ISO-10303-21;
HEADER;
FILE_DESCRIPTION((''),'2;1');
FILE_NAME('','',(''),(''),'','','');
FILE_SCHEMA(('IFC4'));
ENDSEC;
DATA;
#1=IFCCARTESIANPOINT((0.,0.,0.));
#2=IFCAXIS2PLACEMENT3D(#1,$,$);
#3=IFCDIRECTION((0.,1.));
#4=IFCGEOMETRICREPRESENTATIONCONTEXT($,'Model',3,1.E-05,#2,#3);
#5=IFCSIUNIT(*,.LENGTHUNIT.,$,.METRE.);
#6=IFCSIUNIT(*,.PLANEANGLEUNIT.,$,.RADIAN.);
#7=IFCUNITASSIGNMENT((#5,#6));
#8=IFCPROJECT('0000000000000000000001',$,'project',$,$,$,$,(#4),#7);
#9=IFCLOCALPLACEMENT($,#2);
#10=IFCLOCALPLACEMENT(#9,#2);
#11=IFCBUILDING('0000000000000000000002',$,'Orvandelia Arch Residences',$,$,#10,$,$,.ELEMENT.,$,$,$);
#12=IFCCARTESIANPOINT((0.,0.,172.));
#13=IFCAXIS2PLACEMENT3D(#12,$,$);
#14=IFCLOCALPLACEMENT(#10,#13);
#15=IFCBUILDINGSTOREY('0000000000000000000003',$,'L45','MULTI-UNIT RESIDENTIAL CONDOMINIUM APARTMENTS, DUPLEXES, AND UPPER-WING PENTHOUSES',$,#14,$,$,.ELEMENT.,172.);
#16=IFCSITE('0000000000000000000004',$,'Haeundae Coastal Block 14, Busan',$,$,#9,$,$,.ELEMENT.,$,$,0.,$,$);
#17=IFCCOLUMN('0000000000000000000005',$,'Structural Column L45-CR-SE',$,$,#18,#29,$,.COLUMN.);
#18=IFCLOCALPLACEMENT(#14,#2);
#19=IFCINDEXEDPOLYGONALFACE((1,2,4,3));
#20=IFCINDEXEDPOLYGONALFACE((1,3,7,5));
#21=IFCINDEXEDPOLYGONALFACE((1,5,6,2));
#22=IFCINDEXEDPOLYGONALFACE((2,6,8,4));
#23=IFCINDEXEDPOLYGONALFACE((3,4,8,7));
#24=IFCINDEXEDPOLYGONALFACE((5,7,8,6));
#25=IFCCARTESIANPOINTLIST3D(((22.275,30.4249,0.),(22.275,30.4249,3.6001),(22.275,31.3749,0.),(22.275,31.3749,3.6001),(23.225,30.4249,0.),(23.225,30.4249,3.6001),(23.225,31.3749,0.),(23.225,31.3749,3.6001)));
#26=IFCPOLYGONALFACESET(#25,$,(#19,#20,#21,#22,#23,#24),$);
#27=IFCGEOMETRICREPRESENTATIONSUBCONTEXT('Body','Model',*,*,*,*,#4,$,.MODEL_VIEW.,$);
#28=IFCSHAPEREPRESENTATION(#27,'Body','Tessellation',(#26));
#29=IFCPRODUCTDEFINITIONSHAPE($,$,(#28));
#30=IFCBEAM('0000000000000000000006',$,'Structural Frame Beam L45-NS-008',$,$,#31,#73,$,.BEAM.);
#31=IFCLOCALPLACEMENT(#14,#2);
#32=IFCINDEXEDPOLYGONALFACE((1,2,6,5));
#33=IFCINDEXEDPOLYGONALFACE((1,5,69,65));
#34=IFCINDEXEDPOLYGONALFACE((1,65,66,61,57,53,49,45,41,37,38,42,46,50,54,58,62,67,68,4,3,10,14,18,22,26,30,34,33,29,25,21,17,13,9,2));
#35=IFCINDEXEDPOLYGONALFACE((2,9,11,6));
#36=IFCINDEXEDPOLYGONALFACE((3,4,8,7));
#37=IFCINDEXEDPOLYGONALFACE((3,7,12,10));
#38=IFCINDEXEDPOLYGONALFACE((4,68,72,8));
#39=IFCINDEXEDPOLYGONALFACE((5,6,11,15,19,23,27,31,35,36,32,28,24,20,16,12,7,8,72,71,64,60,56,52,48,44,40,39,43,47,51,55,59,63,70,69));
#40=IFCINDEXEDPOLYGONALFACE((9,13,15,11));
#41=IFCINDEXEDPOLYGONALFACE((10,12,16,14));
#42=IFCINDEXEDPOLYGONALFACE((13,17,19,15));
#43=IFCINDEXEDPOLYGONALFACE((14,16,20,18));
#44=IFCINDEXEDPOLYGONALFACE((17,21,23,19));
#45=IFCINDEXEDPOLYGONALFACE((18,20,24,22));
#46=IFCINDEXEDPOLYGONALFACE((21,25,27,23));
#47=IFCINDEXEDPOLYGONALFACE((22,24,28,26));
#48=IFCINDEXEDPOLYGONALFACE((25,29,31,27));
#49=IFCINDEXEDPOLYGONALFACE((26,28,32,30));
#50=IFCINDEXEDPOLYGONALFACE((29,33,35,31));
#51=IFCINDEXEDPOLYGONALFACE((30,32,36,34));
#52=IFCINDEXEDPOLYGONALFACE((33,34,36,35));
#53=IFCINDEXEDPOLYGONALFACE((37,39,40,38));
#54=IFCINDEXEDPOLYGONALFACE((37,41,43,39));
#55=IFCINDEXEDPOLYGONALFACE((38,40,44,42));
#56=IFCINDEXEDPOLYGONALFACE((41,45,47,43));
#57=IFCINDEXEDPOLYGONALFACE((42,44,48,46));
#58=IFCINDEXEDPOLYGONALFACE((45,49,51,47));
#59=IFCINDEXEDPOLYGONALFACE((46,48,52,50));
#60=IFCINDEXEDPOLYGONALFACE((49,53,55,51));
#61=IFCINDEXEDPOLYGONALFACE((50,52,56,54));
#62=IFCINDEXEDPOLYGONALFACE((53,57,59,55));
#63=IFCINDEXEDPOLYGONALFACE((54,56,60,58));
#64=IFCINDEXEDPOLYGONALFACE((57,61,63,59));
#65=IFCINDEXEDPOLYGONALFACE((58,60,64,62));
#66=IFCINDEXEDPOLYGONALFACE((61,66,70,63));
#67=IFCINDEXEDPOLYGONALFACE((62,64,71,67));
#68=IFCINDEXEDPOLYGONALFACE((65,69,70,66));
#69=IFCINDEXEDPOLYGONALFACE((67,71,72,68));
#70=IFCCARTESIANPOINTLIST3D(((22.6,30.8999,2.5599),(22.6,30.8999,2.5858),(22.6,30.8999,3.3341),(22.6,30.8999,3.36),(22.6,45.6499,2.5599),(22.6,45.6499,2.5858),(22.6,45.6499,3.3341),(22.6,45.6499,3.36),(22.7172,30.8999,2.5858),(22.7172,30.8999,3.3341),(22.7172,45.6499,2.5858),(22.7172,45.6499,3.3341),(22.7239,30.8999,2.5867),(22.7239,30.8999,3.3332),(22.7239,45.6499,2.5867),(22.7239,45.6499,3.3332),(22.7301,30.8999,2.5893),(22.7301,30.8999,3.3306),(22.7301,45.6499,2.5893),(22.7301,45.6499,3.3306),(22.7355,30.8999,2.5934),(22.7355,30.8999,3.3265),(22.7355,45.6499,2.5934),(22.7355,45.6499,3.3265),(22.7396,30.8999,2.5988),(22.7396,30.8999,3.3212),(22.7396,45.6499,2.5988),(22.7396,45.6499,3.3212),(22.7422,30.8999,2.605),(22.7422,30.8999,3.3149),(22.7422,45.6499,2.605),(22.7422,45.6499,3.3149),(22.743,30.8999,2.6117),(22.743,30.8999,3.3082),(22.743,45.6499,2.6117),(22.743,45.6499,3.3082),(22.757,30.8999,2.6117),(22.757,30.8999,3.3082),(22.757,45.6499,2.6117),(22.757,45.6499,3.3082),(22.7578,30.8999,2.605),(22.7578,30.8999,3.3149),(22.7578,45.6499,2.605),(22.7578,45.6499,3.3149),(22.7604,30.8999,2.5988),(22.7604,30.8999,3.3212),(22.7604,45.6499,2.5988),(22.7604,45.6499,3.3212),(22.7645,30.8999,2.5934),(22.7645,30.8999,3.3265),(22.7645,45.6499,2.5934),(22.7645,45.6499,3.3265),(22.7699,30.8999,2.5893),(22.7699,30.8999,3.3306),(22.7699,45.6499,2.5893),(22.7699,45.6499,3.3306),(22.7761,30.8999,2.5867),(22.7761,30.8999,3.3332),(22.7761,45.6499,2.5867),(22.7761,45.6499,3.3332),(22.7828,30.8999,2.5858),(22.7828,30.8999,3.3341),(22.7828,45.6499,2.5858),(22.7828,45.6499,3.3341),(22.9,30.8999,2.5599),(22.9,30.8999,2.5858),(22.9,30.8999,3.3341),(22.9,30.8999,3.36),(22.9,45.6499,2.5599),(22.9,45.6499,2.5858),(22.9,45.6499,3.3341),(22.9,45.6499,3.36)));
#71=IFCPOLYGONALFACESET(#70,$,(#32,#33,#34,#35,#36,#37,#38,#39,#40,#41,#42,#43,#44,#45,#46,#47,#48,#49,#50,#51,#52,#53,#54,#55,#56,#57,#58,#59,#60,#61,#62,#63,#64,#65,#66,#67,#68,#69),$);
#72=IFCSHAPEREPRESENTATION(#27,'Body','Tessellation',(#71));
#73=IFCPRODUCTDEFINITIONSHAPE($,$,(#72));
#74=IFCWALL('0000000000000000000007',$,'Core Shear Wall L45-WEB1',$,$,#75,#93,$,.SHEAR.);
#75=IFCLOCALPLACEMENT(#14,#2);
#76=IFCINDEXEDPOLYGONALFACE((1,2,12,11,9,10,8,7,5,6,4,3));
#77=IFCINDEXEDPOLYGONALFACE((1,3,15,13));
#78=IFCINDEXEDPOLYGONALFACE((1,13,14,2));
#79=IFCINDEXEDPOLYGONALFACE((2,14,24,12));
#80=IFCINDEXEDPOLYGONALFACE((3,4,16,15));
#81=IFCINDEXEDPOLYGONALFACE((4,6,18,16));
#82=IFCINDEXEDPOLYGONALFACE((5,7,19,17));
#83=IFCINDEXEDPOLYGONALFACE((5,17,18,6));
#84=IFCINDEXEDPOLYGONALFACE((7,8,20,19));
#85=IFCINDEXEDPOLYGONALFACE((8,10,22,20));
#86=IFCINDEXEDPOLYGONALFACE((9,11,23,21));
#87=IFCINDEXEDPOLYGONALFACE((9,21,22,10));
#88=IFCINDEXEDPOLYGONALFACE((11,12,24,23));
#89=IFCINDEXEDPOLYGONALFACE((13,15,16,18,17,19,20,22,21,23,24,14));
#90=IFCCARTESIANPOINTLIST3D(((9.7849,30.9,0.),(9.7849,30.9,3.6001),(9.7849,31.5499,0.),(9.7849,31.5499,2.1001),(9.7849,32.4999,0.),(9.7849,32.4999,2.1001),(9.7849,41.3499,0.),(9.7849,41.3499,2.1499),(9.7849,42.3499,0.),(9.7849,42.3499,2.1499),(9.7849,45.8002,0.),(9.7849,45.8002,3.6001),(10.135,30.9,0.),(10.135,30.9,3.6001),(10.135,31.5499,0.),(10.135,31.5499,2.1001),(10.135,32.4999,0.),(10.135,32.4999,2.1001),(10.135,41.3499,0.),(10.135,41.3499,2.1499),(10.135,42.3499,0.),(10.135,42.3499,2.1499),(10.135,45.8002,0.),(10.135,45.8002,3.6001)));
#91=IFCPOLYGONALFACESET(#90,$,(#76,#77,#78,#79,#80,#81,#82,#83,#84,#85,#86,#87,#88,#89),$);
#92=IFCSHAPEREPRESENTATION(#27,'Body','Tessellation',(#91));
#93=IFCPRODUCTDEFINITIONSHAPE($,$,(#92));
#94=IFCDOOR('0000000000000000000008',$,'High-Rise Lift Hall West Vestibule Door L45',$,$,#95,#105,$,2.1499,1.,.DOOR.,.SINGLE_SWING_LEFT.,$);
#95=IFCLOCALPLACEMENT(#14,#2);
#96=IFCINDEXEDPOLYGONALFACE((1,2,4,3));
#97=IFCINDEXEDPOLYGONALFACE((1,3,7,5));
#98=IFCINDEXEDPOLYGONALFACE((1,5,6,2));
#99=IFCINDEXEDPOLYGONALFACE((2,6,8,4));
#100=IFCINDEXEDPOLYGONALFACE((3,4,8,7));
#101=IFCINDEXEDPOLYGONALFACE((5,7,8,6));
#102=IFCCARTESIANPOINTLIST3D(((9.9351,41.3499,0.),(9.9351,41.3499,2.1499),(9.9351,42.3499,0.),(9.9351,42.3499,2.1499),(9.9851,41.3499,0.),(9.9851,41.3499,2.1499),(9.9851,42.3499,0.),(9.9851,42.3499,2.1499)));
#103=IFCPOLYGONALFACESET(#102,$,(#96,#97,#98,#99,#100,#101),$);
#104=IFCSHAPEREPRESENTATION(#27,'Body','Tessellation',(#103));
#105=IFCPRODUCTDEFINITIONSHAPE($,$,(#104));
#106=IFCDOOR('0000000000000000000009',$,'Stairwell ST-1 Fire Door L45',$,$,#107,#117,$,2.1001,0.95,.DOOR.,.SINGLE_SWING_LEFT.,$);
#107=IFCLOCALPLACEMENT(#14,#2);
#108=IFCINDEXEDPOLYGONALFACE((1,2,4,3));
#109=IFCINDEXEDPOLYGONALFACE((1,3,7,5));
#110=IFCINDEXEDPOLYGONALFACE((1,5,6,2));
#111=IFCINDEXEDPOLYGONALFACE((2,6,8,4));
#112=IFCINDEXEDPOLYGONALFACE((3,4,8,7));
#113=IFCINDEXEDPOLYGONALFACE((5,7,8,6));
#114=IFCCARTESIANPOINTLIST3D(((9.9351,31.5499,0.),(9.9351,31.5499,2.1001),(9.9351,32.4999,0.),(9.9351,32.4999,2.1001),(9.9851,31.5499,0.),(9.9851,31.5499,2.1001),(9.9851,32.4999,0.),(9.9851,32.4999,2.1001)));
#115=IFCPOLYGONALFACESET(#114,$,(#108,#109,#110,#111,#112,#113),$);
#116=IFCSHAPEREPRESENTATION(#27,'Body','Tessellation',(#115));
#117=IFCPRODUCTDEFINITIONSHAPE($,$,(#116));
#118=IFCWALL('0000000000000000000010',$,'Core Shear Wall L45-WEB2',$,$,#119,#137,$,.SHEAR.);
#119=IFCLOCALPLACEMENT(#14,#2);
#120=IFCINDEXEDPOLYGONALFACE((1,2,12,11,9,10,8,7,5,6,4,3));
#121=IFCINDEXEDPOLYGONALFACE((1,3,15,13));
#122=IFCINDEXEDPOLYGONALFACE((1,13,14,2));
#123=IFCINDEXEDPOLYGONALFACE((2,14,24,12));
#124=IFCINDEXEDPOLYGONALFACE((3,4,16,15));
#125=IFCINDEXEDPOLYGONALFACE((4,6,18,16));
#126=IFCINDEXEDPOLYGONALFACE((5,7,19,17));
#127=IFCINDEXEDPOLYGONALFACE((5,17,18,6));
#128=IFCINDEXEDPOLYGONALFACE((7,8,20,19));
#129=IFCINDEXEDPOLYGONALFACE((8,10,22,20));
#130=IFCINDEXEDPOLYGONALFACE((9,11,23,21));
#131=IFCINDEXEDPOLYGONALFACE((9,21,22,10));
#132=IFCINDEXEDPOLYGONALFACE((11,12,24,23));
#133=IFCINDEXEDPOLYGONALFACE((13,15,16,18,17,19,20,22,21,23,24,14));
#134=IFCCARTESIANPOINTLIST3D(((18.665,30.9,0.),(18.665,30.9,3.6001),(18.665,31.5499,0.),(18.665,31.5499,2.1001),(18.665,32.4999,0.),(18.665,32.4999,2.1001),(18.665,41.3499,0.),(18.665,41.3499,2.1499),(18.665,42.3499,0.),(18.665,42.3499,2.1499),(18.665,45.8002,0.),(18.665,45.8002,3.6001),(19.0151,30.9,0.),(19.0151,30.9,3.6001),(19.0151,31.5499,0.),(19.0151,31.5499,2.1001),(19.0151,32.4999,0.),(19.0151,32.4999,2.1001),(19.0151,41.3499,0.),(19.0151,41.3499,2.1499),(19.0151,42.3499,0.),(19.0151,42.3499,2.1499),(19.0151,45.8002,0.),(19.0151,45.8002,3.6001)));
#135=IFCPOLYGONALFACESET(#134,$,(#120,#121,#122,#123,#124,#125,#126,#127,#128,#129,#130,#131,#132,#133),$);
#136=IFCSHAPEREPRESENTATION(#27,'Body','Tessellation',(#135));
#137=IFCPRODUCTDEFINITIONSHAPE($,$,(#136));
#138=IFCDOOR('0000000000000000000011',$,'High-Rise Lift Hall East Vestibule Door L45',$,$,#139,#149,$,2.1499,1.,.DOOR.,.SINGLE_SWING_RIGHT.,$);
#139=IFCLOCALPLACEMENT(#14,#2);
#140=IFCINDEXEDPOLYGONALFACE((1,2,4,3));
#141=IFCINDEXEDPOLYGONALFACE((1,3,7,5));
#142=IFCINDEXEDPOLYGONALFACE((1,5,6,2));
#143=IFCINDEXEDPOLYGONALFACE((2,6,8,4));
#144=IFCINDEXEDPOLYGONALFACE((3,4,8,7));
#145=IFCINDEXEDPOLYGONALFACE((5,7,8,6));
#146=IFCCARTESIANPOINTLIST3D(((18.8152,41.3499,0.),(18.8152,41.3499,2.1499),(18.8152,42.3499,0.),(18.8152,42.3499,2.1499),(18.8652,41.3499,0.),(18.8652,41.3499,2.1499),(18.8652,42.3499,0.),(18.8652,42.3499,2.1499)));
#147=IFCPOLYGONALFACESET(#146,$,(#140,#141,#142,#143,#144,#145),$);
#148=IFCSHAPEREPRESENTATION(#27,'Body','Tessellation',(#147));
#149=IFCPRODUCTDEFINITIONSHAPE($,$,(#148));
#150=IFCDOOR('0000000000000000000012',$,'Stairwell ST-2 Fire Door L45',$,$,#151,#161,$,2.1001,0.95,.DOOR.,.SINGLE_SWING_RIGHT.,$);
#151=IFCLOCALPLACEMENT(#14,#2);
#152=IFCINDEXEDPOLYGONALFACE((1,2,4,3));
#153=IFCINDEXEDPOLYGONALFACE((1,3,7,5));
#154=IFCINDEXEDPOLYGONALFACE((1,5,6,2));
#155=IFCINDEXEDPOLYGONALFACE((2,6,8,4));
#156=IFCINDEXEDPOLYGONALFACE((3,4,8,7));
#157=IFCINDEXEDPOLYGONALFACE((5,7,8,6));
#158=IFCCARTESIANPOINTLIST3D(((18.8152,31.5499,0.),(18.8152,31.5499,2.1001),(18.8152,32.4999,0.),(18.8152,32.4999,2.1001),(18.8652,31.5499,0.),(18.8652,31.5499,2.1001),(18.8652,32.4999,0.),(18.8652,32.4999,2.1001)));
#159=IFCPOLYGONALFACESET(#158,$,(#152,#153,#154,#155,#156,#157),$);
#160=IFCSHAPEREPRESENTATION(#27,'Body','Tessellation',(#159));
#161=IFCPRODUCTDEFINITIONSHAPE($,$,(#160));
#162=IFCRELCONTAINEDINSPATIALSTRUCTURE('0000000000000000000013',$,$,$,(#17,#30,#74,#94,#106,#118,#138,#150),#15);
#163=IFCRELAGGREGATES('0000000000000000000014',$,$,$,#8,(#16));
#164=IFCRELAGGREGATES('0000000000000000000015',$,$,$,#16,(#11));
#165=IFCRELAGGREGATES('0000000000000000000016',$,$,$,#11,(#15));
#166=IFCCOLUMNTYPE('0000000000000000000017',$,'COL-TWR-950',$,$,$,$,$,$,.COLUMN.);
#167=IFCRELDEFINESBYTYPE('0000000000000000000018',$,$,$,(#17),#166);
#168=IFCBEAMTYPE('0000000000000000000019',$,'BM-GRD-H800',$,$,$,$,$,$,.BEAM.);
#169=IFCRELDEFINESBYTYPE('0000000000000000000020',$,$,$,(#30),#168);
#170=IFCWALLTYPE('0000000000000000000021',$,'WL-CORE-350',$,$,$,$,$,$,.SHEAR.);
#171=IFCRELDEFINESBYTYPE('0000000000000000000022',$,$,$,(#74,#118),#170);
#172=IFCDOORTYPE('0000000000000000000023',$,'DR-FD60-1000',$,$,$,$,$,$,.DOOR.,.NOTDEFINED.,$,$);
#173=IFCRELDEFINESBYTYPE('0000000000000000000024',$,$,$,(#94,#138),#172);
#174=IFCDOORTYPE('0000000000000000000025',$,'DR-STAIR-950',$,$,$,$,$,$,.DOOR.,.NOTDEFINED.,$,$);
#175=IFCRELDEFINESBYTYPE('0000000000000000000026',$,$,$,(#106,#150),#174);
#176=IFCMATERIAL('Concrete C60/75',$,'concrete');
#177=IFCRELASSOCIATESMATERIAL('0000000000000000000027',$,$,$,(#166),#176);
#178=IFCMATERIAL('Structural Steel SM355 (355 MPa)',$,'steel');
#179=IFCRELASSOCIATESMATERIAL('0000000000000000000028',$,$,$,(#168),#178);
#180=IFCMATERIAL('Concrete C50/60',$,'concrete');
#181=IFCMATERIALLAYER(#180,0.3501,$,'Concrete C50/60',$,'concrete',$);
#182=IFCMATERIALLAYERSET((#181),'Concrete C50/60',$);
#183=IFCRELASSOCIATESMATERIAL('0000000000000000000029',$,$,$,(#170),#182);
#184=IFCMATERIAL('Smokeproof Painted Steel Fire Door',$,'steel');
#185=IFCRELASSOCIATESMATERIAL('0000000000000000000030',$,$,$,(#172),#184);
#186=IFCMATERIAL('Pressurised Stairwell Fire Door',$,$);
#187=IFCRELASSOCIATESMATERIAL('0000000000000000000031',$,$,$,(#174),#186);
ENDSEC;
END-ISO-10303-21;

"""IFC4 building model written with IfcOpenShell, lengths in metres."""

from ifc_helpers import new_model, si_unit, direction, frame, frame_2d, origin, origin_2d, place, context, subcontext, project, spatial, rectangle, i_section, extrude, material, layer, layer_set, material_profile, profile_set, type_object, element, fill, save


model = new_model("IFC4")

# Units and contexts
model_context = context("Model", 3, precision=1e-05, world=origin(), true_north=direction((0.0, 1.0)))
body_context = subcontext(model_context, "Body", "Model", "MODEL_VIEW")
ifc_project = project(units=[si_unit("LENGTHUNIT", "METRE"), si_unit("PLANEANGLEUNIT", "RADIAN")], contexts=[model_context])

# Site, building, storey
site_placement = place(None, origin())
site = spatial("IfcSite", under=ifc_project, at=site_placement, Name="Haeundae Coastal Block 14, Busan", CompositionType="ELEMENT", RefElevation=0.0)
building_placement = place(site_placement, origin())
building = spatial("IfcBuilding", under=site, at=building_placement, Name="Orvandelia Arch Residences", CompositionType="ELEMENT")
storey_placement = place(building_placement, frame((0.0, 0.0, 172.0)))
storey = spatial("IfcBuildingStorey", under=building, at=storey_placement, Name="L45", Description="MULTI-UNIT RESIDENTIAL CONDOMINIUM APARTMENTS, DUPLEXES, AND UPPER-WING PENTHOUSES", CompositionType="ELEMENT", Elevation=172.0)

# Column
ifc_material_1 = material(Name="Concrete C60/75", Category="concrete")
ifc_material_profile_1 = material_profile(ifc_material_1, rectangle(XDim=0.95, YDim=0.95, at=origin_2d()), Name="Concrete C60/75", Category="concrete")
ifc_profile_set_1 = profile_set([ifc_material_profile_1], Name="Concrete C60/75")
column_type = type_object("IfcColumnType", Name="COL-TWR-950", PredefinedType="COLUMN", material=ifc_profile_set_1)
column_placement = place(storey_placement, frame((22.75, 30.8999, 0.0), z_axis=(0.0, 0.0, 1.0), x_axis=(1.0, 0.0, 0.0)))
element("IfcColumn", 1, at=column_placement, inside=storey, type_object=column_type, Name="Structural Column L45-CR-SE", PredefinedType="COLUMN", context=body_context, shape_type="SweptSolid", body=[
    extrude(rectangle(XDim=0.95, YDim=0.95, at=origin_2d()), origin(), (0.0, 0.0, 1.0), 3.6001),
])

# Beam
ifc_material_2 = material(Name="Structural Steel SM355 (355 MPa)", Category="steel")
ifc_material_profile_2 = material_profile(ifc_material_2, i_section(OverallWidth=0.3, OverallDepth=0.8, WebThickness=0.0139, FlangeThickness=0.0259, FilletRadius=0.0259, at=origin_2d()), Name="Structural Steel SM355 (355 MPa)", Category="steel")
ifc_profile_set_2 = profile_set([ifc_material_profile_2], Name="Structural Steel SM355 (355 MPa)")
beam_type = type_object("IfcBeamType", Name="BM-GRD-H800", PredefinedType="BEAM", material=ifc_profile_set_2)
beam_placement = place(storey_placement, frame((22.75, 30.8999, 2.96), z_axis=(0.0, 1.0, 0.0), x_axis=(-1.0, 0.0, 0.0)))
element("IfcBeam", 2, at=beam_placement, inside=storey, type_object=beam_type, Name="Structural Frame Beam L45-NS-008", PredefinedType="BEAM", context=body_context, shape_type="SweptSolid", body=[
    extrude(i_section(OverallWidth=0.3, OverallDepth=0.8, WebThickness=0.0139, FlangeThickness=0.0259, FilletRadius=0.0259, at=origin_2d()), origin(), (0.0, 0.0, 1.0), 14.75),
])

# Walls, openings, doors
ifc_material_3 = material(Name="Concrete C50/60", Category="concrete")
ifc_layer_1 = layer(ifc_material_3, 0.3501, Name="Concrete C50/60", Category="concrete")
ifc_layer_set_1 = layer_set([ifc_layer_1], Name="Concrete C50/60")
wall_type_1 = type_object("IfcWallType", Name="WL-CORE-350", PredefinedType="SHEAR", material=ifc_layer_set_1)
wall_1_placement = place(storey_placement, frame((9.96, 30.8999, 0.0), z_axis=(0.0, 0.0, 1.0), x_axis=(0.0, 1.0, 0.0)))
wall_1 = element("IfcWall", 3, at=wall_1_placement, inside=storey, type_object=wall_type_1, Name="Core Shear Wall L45-WEB1", PredefinedType="SHEAR", context=body_context, shape_type="SweptSolid", body=[
    extrude(rectangle(XDim=14.9001, YDim=0.3501, at=frame_2d((7.4502, 0.0))), origin(), (0.0, 0.0, 1.0), 3.6001),
])
opening_1_placement = place(wall_1_placement, frame((0.6499, 0.0, 0.0)))
opening_1 = element("IfcOpeningElement", 4, at=opening_1_placement, cuts=wall_1, PredefinedType="OPENING", context=body_context, shape_type="SweptSolid", body=[
    extrude(rectangle(XDim=0.95, YDim=2.1001, at=frame_2d((0.4751, 1.05))), frame((0.0, 0.1851, 0.0), z_axis=(0.0, -1.0, 0.0), x_axis=(1.0, 0.0, 0.0)), (0.0, 0.0, 1.0), 0.3701),
])
opening_2_placement = place(wall_1_placement, frame((10.45, 0.0, 0.0)))
opening_2 = element("IfcOpeningElement", 5, at=opening_2_placement, cuts=wall_1, PredefinedType="OPENING", context=body_context, shape_type="SweptSolid", body=[
    extrude(rectangle(XDim=1.0, YDim=2.1499, at=frame_2d((0.5, 1.075))), frame((0.0, 0.1851, 0.0), z_axis=(0.0, -1.0, 0.0), x_axis=(1.0, 0.0, 0.0)), (0.0, 0.0, 1.0), 0.3701),
])
ifc_material_4 = material(Name="Smokeproof Painted Steel Fire Door", Category="steel")
door_type_1 = type_object("IfcDoorType", Name="DR-FD60-1000", OperationType="NOTDEFINED", PredefinedType="DOOR", material=ifc_material_4)
door_1_placement = place(opening_2_placement, origin())
door_1 = element("IfcDoor", 6, at=door_1_placement, inside=storey, type_object=door_type_1, Name="High-Rise Lift Hall West Vestibule Door L45", OperationType="SINGLE_SWING_LEFT", OverallHeight=2.1499, OverallWidth=1.0, PredefinedType="DOOR", context=body_context, shape_type="SweptSolid", body=[
    extrude(rectangle(XDim=1.0, YDim=2.1499, at=frame_2d((0.5, 1.075))), frame((0.0, 0.0249, 0.0), z_axis=(0.0, -1.0, 0.0), x_axis=(1.0, 0.0, 0.0)), (0.0, 0.0, 1.0), 0.05),
])
fill(opening_2, door_1)
ifc_material_5 = material(Name="Pressurised Stairwell Fire Door")
door_type_2 = type_object("IfcDoorType", Name="DR-STAIR-950", OperationType="NOTDEFINED", PredefinedType="DOOR", material=ifc_material_5)
door_2_placement = place(opening_1_placement, origin())
door_2 = element("IfcDoor", 7, at=door_2_placement, inside=storey, type_object=door_type_2, Name="Stairwell ST-1 Fire Door L45", OperationType="SINGLE_SWING_LEFT", OverallHeight=2.1001, OverallWidth=0.95, PredefinedType="DOOR", context=body_context, shape_type="SweptSolid", body=[
    extrude(rectangle(XDim=0.95, YDim=2.1001, at=frame_2d((0.4751, 1.05))), frame((0.0, 0.0249, 0.0), z_axis=(0.0, -1.0, 0.0), x_axis=(1.0, 0.0, 0.0)), (0.0, 0.0, 1.0), 0.05),
])
fill(opening_1, door_2)
wall_2_placement = place(storey_placement, frame((18.8401, 30.8999, 0.0), z_axis=(0.0, 0.0, 1.0), x_axis=(0.0, 1.0, 0.0)))
wall_2 = element("IfcWall", 8, at=wall_2_placement, inside=storey, type_object=wall_type_1, Name="Core Shear Wall L45-WEB2", PredefinedType="SHEAR", context=body_context, shape_type="SweptSolid", body=[
    extrude(rectangle(XDim=14.9001, YDim=0.3501, at=frame_2d((7.4502, 0.0))), origin(), (0.0, 0.0, 1.0), 3.6001),
])
opening_3_placement = place(wall_2_placement, frame((0.6499, 0.0, 0.0)))
opening_3 = element("IfcOpeningElement", 9, at=opening_3_placement, cuts=wall_2, PredefinedType="OPENING", context=body_context, shape_type="SweptSolid", body=[
    extrude(rectangle(XDim=0.95, YDim=2.1001, at=frame_2d((0.4751, 1.05))), frame((0.0, 0.1851, 0.0), z_axis=(0.0, -1.0, 0.0), x_axis=(1.0, 0.0, 0.0)), (0.0, 0.0, 1.0), 0.3701),
])
opening_4_placement = place(wall_2_placement, frame((10.45, 0.0, 0.0)))
opening_4 = element("IfcOpeningElement", 10, at=opening_4_placement, cuts=wall_2, PredefinedType="OPENING", context=body_context, shape_type="SweptSolid", body=[
    extrude(rectangle(XDim=1.0, YDim=2.1499, at=frame_2d((0.5, 1.075))), frame((0.0, 0.1851, 0.0), z_axis=(0.0, -1.0, 0.0), x_axis=(1.0, 0.0, 0.0)), (0.0, 0.0, 1.0), 0.3701),
])
door_3_placement = place(opening_4_placement, origin())
door_3 = element("IfcDoor", 11, at=door_3_placement, inside=storey, type_object=door_type_1, Name="High-Rise Lift Hall East Vestibule Door L45", OperationType="SINGLE_SWING_RIGHT", OverallHeight=2.1499, OverallWidth=1.0, PredefinedType="DOOR", context=body_context, shape_type="SweptSolid", body=[
    extrude(rectangle(XDim=1.0, YDim=2.1499, at=frame_2d((0.5, 1.075))), frame((0.0, 0.0249, 0.0), z_axis=(0.0, -1.0, 0.0), x_axis=(1.0, 0.0, 0.0)), (0.0, 0.0, 1.0), 0.05),
])
fill(opening_4, door_3)
door_4_placement = place(opening_3_placement, origin())
door_4 = element("IfcDoor", 12, at=door_4_placement, inside=storey, type_object=door_type_2, Name="Stairwell ST-2 Fire Door L45", OperationType="SINGLE_SWING_RIGHT", OverallHeight=2.1001, OverallWidth=0.95, PredefinedType="DOOR", context=body_context, shape_type="SweptSolid", body=[
    extrude(rectangle(XDim=0.95, YDim=2.1001, at=frame_2d((0.4751, 1.05))), frame((0.0, 0.0249, 0.0), z_axis=(0.0, -1.0, 0.0), x_axis=(1.0, 0.0, 0.0)), (0.0, 0.0, 1.0), 0.05),
])
fill(opening_3, door_4)

save(model, "model.ifc")
